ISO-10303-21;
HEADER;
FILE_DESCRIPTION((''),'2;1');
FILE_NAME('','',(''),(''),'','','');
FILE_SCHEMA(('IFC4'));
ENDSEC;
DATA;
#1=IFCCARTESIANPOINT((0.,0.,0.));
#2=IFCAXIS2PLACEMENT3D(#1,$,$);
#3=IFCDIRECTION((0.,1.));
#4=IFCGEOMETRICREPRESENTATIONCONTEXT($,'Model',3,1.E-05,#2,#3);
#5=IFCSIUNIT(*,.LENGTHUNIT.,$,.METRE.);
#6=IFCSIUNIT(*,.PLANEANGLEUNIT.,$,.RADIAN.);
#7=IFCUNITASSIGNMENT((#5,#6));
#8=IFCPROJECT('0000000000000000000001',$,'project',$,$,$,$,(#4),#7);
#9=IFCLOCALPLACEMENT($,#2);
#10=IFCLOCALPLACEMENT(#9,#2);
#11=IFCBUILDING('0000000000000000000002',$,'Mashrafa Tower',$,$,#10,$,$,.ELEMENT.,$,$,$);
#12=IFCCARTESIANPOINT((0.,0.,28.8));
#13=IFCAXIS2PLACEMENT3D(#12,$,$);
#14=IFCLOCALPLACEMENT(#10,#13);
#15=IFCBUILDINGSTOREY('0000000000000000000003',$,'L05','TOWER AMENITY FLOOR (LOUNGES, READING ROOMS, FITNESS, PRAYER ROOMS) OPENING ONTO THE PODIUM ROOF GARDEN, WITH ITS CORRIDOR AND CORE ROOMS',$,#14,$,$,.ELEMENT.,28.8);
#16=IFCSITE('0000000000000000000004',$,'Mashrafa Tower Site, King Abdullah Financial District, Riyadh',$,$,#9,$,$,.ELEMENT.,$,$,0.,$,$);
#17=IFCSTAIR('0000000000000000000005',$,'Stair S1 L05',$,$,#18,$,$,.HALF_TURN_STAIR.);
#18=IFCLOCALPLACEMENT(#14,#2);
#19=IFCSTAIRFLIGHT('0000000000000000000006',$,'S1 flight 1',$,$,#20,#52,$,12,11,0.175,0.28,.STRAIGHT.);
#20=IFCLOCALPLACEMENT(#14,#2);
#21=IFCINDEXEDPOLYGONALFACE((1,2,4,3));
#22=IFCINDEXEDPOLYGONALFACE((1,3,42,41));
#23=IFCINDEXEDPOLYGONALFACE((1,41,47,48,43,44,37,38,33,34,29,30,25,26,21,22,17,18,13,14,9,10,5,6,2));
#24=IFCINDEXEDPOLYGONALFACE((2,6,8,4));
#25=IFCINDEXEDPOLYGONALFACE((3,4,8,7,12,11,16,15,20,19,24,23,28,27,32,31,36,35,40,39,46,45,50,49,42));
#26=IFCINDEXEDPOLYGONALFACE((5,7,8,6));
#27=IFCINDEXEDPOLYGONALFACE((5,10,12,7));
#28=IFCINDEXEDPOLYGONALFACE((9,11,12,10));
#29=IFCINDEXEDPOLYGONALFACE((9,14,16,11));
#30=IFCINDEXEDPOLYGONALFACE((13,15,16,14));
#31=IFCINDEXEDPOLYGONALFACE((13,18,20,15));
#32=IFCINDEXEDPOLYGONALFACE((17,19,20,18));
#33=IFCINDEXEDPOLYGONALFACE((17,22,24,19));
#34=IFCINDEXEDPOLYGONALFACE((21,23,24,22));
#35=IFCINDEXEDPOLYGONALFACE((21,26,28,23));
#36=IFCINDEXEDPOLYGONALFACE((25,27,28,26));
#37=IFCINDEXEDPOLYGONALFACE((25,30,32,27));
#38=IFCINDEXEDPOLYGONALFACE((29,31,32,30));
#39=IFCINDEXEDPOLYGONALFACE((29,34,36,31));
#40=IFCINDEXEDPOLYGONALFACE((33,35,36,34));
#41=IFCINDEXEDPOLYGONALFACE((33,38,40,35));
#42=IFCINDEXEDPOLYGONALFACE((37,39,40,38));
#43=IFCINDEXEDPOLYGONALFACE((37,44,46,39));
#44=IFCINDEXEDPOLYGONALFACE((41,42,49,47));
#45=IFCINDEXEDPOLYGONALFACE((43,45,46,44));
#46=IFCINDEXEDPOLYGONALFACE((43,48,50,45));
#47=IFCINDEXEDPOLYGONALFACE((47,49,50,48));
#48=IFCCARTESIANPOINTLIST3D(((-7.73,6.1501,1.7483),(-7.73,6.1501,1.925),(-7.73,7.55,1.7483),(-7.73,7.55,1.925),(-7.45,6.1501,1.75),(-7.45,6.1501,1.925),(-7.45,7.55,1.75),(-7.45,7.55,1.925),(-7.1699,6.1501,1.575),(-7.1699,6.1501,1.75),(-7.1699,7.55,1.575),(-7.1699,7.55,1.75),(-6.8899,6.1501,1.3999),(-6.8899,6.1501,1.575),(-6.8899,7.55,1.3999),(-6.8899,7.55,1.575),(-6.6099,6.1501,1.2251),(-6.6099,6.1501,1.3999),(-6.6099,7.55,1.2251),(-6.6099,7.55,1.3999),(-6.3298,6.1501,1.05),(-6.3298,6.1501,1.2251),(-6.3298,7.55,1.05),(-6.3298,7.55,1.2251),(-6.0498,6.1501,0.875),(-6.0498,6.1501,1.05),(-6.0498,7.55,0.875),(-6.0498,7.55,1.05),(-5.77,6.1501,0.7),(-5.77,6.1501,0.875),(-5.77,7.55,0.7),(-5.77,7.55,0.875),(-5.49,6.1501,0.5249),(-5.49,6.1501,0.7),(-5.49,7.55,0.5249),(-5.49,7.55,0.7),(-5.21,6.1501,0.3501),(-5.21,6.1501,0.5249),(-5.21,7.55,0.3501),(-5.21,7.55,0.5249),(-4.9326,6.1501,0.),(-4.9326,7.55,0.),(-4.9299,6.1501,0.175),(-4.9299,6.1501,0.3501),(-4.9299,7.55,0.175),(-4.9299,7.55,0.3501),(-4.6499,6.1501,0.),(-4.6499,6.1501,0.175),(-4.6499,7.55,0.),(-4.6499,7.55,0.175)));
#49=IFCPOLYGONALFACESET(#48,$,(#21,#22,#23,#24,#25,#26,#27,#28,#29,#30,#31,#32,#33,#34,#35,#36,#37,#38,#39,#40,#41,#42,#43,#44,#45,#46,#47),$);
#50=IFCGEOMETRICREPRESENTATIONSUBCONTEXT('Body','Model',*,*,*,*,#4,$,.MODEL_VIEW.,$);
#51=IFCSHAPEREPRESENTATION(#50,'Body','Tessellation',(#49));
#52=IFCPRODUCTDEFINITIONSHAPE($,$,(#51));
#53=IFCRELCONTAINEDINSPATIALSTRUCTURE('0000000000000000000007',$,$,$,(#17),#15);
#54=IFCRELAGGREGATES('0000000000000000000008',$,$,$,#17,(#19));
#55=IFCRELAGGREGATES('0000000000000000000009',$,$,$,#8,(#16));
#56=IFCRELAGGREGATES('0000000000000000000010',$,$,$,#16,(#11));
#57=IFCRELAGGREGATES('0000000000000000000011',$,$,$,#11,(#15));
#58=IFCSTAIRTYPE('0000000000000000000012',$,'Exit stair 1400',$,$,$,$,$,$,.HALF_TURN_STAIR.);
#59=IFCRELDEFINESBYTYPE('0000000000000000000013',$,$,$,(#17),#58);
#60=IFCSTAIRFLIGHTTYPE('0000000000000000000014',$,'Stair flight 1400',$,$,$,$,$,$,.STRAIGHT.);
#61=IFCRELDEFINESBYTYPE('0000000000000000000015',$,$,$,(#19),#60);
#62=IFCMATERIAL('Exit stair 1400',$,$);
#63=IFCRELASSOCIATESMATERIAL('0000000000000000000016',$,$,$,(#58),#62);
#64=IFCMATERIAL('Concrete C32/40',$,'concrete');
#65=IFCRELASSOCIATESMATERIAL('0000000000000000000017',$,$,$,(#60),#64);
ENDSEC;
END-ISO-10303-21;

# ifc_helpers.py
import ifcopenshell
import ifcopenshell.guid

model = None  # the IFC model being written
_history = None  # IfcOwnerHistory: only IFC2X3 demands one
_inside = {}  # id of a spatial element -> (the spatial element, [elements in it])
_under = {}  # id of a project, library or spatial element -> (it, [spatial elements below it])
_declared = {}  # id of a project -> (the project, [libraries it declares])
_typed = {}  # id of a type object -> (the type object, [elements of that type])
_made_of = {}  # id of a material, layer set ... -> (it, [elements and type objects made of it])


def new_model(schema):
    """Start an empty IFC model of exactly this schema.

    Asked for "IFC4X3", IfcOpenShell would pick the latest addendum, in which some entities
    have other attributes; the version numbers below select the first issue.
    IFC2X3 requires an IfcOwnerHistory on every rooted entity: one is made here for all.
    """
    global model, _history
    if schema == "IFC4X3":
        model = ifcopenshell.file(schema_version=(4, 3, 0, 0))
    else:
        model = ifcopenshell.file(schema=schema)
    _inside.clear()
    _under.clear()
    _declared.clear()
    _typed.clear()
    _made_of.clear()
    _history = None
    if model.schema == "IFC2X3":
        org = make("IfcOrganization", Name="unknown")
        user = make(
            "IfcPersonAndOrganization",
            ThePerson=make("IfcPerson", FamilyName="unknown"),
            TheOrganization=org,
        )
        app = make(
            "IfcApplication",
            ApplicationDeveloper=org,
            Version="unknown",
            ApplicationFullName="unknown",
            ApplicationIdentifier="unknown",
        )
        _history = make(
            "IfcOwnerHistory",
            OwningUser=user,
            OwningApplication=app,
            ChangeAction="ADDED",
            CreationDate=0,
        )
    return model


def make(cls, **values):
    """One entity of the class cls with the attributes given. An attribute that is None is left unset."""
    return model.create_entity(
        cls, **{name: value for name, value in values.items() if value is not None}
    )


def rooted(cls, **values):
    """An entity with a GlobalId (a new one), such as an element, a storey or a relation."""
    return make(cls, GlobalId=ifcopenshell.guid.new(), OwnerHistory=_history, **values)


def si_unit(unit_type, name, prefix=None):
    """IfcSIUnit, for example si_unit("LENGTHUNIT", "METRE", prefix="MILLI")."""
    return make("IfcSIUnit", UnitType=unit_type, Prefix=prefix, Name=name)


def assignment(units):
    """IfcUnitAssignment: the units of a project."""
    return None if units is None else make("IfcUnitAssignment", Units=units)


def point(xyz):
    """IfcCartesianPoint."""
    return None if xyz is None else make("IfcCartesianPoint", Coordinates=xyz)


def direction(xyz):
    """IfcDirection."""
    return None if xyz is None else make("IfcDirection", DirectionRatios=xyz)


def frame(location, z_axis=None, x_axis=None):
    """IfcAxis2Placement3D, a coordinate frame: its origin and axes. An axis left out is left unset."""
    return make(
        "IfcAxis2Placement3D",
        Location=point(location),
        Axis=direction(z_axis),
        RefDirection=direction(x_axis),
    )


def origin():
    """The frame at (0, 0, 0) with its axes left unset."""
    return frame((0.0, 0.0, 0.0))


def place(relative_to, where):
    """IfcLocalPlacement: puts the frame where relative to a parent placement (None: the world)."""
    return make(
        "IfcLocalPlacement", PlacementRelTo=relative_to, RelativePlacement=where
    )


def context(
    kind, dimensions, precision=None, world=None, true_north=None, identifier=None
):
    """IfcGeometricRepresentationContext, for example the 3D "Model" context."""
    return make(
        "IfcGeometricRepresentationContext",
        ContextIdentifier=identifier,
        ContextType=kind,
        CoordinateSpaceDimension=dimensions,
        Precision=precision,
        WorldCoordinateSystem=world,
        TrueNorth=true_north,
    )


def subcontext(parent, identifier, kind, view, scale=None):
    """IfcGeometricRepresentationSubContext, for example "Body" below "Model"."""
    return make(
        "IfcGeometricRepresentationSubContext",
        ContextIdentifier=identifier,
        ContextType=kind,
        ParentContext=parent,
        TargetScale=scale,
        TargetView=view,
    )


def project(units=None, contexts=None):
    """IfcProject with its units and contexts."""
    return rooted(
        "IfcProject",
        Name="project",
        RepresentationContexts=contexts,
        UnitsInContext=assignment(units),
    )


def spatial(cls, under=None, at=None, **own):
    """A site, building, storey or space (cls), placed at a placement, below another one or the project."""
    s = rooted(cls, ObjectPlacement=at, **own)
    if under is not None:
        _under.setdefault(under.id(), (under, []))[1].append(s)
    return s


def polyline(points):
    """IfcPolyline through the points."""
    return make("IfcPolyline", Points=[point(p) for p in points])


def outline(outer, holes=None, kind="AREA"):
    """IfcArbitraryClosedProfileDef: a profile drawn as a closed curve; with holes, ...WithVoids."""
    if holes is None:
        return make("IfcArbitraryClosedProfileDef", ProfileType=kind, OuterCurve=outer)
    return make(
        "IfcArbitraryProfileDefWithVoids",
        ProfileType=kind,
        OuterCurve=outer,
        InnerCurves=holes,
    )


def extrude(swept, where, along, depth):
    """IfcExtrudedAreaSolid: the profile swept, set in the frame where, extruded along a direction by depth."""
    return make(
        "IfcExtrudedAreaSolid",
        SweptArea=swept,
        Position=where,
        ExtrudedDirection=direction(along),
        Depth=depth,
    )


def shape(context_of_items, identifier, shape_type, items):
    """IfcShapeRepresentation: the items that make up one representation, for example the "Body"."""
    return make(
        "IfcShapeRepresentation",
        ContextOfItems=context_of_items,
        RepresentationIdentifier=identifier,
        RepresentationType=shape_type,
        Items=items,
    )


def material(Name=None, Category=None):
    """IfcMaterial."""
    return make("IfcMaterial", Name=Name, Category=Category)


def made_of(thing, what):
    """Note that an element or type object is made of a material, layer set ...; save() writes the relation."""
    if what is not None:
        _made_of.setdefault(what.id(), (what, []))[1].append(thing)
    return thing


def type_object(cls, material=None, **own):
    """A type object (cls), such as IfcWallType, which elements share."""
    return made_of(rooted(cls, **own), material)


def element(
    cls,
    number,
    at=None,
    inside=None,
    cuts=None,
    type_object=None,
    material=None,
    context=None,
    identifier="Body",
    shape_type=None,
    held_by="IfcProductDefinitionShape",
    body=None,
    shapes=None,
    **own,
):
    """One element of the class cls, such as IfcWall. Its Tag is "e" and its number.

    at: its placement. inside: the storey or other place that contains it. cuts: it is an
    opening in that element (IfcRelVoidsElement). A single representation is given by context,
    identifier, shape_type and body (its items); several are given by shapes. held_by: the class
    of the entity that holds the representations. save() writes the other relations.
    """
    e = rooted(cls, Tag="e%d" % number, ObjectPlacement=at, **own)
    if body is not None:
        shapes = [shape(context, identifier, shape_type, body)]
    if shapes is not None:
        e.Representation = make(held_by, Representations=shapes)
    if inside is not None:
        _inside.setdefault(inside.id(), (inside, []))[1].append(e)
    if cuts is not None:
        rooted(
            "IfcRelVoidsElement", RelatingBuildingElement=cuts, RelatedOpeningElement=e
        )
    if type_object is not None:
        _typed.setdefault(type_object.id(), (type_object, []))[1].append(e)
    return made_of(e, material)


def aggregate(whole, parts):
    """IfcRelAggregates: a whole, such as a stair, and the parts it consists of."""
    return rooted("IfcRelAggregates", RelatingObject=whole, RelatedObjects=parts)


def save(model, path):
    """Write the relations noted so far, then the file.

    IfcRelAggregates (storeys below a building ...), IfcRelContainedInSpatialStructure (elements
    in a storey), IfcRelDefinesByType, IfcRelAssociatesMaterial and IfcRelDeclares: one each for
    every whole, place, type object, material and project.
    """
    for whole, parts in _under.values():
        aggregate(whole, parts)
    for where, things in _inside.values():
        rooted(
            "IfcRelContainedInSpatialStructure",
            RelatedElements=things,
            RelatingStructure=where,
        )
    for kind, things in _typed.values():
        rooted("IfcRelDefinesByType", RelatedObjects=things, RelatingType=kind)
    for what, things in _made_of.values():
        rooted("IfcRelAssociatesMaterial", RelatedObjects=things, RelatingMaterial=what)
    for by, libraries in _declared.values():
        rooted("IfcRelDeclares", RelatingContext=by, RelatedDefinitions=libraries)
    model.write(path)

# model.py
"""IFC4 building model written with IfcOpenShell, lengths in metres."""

from ifc_helpers import new_model, si_unit, direction, frame, origin, place, context, subcontext, project, spatial, polyline, outline, extrude, material, type_object, element, aggregate, save


model = new_model("IFC4")

# Units and contexts
model_context = context("Model", 3, precision=1e-05, world=origin(), true_north=direction((0.0, 1.0)))
body_context = subcontext(model_context, "Body", "Model", "MODEL_VIEW")
ifc_project = project(units=[si_unit("LENGTHUNIT", "METRE"), si_unit("PLANEANGLEUNIT", "RADIAN")], contexts=[model_context])

# Site, building, storey
site_placement = place(None, origin())
site = spatial("IfcSite", under=ifc_project, at=site_placement, Name="Mashrafa Tower Site, King Abdullah Financial District, Riyadh", CompositionType="ELEMENT", RefElevation=0.0)
building_placement = place(site_placement, origin())
building = spatial("IfcBuilding", under=site, at=building_placement, Name="Mashrafa Tower", CompositionType="ELEMENT")
storey_placement = place(building_placement, frame((0.0, 0.0, 28.8)))
storey = spatial("IfcBuildingStorey", under=building, at=storey_placement, Name="L05", Description="TOWER AMENITY FLOOR (LOUNGES, READING ROOMS, FITNESS, PRAYER ROOMS) OPENING ONTO THE PODIUM ROOF GARDEN, WITH ITS CORRIDOR AND CORE ROOMS", CompositionType="ELEMENT", Elevation=28.8)

# Stair, stair flight
ifc_material_1 = material(Name="Exit stair 1400")
stair_type = type_object("IfcStairType", Name="Exit stair 1400", PredefinedType="HALF_TURN_STAIR", material=ifc_material_1)
stair_placement = place(storey_placement, origin())
stair = element("IfcStair", 1, at=stair_placement, inside=storey, type_object=stair_type, Name="Stair S1 L05", PredefinedType="HALF_TURN_STAIR")
ifc_material_2 = material(Name="Concrete C32/40", Category="concrete")
stair_flight_type = type_object("IfcStairFlightType", Name="Stair flight 1400", PredefinedType="STRAIGHT", material=ifc_material_2)
stair_flight_placement = place(storey_placement, frame((-4.6499, 6.8501, 0.0), z_axis=(0.0, 0.0, 1.0), x_axis=(-1.0, 0.0, 0.0)))
stair_flight = element("IfcStairFlight", 2, at=stair_flight_placement, type_object=stair_flight_type, Name="S1 flight 1", NumberOfRisers=12, NumberOfTreads=11, PredefinedType="STRAIGHT", RiserHeight=0.175, TreadLength=0.28, context=body_context, shape_type="SweptSolid", body=[
    extrude(outline(polyline([(0.0, 0.0), (0.0, 0.175), (0.28, 0.175), (0.28, 0.3501), (0.5601, 0.3501), (0.5601, 0.5249), (0.8401, 0.5249), (0.8401, 0.7), (1.1201, 0.7), (1.1201, 0.875), (1.3999, 0.875), (1.3999, 1.05), (1.6799, 1.05), (1.6799, 1.2251), (1.96, 1.2251), (1.96, 1.3999), (2.24, 1.3999), (2.24, 1.575), (2.52, 1.575), (2.52, 1.75), (2.8, 1.75), (2.8, 1.925), (3.0801, 1.925), (3.0801, 2.1001), (3.0801, 1.7483), (0.2827, 0.0), (0.0, 0.0)])), frame((0.0, 0.7, 0.0), z_axis=(0.0, -1.0, 0.0), x_axis=(1.0, 0.0, 0.0)), (0.0, 0.0, 1.0), 1.3999),
])
aggregate(stair, [stair_flight])

save(model, "model.ifc")
